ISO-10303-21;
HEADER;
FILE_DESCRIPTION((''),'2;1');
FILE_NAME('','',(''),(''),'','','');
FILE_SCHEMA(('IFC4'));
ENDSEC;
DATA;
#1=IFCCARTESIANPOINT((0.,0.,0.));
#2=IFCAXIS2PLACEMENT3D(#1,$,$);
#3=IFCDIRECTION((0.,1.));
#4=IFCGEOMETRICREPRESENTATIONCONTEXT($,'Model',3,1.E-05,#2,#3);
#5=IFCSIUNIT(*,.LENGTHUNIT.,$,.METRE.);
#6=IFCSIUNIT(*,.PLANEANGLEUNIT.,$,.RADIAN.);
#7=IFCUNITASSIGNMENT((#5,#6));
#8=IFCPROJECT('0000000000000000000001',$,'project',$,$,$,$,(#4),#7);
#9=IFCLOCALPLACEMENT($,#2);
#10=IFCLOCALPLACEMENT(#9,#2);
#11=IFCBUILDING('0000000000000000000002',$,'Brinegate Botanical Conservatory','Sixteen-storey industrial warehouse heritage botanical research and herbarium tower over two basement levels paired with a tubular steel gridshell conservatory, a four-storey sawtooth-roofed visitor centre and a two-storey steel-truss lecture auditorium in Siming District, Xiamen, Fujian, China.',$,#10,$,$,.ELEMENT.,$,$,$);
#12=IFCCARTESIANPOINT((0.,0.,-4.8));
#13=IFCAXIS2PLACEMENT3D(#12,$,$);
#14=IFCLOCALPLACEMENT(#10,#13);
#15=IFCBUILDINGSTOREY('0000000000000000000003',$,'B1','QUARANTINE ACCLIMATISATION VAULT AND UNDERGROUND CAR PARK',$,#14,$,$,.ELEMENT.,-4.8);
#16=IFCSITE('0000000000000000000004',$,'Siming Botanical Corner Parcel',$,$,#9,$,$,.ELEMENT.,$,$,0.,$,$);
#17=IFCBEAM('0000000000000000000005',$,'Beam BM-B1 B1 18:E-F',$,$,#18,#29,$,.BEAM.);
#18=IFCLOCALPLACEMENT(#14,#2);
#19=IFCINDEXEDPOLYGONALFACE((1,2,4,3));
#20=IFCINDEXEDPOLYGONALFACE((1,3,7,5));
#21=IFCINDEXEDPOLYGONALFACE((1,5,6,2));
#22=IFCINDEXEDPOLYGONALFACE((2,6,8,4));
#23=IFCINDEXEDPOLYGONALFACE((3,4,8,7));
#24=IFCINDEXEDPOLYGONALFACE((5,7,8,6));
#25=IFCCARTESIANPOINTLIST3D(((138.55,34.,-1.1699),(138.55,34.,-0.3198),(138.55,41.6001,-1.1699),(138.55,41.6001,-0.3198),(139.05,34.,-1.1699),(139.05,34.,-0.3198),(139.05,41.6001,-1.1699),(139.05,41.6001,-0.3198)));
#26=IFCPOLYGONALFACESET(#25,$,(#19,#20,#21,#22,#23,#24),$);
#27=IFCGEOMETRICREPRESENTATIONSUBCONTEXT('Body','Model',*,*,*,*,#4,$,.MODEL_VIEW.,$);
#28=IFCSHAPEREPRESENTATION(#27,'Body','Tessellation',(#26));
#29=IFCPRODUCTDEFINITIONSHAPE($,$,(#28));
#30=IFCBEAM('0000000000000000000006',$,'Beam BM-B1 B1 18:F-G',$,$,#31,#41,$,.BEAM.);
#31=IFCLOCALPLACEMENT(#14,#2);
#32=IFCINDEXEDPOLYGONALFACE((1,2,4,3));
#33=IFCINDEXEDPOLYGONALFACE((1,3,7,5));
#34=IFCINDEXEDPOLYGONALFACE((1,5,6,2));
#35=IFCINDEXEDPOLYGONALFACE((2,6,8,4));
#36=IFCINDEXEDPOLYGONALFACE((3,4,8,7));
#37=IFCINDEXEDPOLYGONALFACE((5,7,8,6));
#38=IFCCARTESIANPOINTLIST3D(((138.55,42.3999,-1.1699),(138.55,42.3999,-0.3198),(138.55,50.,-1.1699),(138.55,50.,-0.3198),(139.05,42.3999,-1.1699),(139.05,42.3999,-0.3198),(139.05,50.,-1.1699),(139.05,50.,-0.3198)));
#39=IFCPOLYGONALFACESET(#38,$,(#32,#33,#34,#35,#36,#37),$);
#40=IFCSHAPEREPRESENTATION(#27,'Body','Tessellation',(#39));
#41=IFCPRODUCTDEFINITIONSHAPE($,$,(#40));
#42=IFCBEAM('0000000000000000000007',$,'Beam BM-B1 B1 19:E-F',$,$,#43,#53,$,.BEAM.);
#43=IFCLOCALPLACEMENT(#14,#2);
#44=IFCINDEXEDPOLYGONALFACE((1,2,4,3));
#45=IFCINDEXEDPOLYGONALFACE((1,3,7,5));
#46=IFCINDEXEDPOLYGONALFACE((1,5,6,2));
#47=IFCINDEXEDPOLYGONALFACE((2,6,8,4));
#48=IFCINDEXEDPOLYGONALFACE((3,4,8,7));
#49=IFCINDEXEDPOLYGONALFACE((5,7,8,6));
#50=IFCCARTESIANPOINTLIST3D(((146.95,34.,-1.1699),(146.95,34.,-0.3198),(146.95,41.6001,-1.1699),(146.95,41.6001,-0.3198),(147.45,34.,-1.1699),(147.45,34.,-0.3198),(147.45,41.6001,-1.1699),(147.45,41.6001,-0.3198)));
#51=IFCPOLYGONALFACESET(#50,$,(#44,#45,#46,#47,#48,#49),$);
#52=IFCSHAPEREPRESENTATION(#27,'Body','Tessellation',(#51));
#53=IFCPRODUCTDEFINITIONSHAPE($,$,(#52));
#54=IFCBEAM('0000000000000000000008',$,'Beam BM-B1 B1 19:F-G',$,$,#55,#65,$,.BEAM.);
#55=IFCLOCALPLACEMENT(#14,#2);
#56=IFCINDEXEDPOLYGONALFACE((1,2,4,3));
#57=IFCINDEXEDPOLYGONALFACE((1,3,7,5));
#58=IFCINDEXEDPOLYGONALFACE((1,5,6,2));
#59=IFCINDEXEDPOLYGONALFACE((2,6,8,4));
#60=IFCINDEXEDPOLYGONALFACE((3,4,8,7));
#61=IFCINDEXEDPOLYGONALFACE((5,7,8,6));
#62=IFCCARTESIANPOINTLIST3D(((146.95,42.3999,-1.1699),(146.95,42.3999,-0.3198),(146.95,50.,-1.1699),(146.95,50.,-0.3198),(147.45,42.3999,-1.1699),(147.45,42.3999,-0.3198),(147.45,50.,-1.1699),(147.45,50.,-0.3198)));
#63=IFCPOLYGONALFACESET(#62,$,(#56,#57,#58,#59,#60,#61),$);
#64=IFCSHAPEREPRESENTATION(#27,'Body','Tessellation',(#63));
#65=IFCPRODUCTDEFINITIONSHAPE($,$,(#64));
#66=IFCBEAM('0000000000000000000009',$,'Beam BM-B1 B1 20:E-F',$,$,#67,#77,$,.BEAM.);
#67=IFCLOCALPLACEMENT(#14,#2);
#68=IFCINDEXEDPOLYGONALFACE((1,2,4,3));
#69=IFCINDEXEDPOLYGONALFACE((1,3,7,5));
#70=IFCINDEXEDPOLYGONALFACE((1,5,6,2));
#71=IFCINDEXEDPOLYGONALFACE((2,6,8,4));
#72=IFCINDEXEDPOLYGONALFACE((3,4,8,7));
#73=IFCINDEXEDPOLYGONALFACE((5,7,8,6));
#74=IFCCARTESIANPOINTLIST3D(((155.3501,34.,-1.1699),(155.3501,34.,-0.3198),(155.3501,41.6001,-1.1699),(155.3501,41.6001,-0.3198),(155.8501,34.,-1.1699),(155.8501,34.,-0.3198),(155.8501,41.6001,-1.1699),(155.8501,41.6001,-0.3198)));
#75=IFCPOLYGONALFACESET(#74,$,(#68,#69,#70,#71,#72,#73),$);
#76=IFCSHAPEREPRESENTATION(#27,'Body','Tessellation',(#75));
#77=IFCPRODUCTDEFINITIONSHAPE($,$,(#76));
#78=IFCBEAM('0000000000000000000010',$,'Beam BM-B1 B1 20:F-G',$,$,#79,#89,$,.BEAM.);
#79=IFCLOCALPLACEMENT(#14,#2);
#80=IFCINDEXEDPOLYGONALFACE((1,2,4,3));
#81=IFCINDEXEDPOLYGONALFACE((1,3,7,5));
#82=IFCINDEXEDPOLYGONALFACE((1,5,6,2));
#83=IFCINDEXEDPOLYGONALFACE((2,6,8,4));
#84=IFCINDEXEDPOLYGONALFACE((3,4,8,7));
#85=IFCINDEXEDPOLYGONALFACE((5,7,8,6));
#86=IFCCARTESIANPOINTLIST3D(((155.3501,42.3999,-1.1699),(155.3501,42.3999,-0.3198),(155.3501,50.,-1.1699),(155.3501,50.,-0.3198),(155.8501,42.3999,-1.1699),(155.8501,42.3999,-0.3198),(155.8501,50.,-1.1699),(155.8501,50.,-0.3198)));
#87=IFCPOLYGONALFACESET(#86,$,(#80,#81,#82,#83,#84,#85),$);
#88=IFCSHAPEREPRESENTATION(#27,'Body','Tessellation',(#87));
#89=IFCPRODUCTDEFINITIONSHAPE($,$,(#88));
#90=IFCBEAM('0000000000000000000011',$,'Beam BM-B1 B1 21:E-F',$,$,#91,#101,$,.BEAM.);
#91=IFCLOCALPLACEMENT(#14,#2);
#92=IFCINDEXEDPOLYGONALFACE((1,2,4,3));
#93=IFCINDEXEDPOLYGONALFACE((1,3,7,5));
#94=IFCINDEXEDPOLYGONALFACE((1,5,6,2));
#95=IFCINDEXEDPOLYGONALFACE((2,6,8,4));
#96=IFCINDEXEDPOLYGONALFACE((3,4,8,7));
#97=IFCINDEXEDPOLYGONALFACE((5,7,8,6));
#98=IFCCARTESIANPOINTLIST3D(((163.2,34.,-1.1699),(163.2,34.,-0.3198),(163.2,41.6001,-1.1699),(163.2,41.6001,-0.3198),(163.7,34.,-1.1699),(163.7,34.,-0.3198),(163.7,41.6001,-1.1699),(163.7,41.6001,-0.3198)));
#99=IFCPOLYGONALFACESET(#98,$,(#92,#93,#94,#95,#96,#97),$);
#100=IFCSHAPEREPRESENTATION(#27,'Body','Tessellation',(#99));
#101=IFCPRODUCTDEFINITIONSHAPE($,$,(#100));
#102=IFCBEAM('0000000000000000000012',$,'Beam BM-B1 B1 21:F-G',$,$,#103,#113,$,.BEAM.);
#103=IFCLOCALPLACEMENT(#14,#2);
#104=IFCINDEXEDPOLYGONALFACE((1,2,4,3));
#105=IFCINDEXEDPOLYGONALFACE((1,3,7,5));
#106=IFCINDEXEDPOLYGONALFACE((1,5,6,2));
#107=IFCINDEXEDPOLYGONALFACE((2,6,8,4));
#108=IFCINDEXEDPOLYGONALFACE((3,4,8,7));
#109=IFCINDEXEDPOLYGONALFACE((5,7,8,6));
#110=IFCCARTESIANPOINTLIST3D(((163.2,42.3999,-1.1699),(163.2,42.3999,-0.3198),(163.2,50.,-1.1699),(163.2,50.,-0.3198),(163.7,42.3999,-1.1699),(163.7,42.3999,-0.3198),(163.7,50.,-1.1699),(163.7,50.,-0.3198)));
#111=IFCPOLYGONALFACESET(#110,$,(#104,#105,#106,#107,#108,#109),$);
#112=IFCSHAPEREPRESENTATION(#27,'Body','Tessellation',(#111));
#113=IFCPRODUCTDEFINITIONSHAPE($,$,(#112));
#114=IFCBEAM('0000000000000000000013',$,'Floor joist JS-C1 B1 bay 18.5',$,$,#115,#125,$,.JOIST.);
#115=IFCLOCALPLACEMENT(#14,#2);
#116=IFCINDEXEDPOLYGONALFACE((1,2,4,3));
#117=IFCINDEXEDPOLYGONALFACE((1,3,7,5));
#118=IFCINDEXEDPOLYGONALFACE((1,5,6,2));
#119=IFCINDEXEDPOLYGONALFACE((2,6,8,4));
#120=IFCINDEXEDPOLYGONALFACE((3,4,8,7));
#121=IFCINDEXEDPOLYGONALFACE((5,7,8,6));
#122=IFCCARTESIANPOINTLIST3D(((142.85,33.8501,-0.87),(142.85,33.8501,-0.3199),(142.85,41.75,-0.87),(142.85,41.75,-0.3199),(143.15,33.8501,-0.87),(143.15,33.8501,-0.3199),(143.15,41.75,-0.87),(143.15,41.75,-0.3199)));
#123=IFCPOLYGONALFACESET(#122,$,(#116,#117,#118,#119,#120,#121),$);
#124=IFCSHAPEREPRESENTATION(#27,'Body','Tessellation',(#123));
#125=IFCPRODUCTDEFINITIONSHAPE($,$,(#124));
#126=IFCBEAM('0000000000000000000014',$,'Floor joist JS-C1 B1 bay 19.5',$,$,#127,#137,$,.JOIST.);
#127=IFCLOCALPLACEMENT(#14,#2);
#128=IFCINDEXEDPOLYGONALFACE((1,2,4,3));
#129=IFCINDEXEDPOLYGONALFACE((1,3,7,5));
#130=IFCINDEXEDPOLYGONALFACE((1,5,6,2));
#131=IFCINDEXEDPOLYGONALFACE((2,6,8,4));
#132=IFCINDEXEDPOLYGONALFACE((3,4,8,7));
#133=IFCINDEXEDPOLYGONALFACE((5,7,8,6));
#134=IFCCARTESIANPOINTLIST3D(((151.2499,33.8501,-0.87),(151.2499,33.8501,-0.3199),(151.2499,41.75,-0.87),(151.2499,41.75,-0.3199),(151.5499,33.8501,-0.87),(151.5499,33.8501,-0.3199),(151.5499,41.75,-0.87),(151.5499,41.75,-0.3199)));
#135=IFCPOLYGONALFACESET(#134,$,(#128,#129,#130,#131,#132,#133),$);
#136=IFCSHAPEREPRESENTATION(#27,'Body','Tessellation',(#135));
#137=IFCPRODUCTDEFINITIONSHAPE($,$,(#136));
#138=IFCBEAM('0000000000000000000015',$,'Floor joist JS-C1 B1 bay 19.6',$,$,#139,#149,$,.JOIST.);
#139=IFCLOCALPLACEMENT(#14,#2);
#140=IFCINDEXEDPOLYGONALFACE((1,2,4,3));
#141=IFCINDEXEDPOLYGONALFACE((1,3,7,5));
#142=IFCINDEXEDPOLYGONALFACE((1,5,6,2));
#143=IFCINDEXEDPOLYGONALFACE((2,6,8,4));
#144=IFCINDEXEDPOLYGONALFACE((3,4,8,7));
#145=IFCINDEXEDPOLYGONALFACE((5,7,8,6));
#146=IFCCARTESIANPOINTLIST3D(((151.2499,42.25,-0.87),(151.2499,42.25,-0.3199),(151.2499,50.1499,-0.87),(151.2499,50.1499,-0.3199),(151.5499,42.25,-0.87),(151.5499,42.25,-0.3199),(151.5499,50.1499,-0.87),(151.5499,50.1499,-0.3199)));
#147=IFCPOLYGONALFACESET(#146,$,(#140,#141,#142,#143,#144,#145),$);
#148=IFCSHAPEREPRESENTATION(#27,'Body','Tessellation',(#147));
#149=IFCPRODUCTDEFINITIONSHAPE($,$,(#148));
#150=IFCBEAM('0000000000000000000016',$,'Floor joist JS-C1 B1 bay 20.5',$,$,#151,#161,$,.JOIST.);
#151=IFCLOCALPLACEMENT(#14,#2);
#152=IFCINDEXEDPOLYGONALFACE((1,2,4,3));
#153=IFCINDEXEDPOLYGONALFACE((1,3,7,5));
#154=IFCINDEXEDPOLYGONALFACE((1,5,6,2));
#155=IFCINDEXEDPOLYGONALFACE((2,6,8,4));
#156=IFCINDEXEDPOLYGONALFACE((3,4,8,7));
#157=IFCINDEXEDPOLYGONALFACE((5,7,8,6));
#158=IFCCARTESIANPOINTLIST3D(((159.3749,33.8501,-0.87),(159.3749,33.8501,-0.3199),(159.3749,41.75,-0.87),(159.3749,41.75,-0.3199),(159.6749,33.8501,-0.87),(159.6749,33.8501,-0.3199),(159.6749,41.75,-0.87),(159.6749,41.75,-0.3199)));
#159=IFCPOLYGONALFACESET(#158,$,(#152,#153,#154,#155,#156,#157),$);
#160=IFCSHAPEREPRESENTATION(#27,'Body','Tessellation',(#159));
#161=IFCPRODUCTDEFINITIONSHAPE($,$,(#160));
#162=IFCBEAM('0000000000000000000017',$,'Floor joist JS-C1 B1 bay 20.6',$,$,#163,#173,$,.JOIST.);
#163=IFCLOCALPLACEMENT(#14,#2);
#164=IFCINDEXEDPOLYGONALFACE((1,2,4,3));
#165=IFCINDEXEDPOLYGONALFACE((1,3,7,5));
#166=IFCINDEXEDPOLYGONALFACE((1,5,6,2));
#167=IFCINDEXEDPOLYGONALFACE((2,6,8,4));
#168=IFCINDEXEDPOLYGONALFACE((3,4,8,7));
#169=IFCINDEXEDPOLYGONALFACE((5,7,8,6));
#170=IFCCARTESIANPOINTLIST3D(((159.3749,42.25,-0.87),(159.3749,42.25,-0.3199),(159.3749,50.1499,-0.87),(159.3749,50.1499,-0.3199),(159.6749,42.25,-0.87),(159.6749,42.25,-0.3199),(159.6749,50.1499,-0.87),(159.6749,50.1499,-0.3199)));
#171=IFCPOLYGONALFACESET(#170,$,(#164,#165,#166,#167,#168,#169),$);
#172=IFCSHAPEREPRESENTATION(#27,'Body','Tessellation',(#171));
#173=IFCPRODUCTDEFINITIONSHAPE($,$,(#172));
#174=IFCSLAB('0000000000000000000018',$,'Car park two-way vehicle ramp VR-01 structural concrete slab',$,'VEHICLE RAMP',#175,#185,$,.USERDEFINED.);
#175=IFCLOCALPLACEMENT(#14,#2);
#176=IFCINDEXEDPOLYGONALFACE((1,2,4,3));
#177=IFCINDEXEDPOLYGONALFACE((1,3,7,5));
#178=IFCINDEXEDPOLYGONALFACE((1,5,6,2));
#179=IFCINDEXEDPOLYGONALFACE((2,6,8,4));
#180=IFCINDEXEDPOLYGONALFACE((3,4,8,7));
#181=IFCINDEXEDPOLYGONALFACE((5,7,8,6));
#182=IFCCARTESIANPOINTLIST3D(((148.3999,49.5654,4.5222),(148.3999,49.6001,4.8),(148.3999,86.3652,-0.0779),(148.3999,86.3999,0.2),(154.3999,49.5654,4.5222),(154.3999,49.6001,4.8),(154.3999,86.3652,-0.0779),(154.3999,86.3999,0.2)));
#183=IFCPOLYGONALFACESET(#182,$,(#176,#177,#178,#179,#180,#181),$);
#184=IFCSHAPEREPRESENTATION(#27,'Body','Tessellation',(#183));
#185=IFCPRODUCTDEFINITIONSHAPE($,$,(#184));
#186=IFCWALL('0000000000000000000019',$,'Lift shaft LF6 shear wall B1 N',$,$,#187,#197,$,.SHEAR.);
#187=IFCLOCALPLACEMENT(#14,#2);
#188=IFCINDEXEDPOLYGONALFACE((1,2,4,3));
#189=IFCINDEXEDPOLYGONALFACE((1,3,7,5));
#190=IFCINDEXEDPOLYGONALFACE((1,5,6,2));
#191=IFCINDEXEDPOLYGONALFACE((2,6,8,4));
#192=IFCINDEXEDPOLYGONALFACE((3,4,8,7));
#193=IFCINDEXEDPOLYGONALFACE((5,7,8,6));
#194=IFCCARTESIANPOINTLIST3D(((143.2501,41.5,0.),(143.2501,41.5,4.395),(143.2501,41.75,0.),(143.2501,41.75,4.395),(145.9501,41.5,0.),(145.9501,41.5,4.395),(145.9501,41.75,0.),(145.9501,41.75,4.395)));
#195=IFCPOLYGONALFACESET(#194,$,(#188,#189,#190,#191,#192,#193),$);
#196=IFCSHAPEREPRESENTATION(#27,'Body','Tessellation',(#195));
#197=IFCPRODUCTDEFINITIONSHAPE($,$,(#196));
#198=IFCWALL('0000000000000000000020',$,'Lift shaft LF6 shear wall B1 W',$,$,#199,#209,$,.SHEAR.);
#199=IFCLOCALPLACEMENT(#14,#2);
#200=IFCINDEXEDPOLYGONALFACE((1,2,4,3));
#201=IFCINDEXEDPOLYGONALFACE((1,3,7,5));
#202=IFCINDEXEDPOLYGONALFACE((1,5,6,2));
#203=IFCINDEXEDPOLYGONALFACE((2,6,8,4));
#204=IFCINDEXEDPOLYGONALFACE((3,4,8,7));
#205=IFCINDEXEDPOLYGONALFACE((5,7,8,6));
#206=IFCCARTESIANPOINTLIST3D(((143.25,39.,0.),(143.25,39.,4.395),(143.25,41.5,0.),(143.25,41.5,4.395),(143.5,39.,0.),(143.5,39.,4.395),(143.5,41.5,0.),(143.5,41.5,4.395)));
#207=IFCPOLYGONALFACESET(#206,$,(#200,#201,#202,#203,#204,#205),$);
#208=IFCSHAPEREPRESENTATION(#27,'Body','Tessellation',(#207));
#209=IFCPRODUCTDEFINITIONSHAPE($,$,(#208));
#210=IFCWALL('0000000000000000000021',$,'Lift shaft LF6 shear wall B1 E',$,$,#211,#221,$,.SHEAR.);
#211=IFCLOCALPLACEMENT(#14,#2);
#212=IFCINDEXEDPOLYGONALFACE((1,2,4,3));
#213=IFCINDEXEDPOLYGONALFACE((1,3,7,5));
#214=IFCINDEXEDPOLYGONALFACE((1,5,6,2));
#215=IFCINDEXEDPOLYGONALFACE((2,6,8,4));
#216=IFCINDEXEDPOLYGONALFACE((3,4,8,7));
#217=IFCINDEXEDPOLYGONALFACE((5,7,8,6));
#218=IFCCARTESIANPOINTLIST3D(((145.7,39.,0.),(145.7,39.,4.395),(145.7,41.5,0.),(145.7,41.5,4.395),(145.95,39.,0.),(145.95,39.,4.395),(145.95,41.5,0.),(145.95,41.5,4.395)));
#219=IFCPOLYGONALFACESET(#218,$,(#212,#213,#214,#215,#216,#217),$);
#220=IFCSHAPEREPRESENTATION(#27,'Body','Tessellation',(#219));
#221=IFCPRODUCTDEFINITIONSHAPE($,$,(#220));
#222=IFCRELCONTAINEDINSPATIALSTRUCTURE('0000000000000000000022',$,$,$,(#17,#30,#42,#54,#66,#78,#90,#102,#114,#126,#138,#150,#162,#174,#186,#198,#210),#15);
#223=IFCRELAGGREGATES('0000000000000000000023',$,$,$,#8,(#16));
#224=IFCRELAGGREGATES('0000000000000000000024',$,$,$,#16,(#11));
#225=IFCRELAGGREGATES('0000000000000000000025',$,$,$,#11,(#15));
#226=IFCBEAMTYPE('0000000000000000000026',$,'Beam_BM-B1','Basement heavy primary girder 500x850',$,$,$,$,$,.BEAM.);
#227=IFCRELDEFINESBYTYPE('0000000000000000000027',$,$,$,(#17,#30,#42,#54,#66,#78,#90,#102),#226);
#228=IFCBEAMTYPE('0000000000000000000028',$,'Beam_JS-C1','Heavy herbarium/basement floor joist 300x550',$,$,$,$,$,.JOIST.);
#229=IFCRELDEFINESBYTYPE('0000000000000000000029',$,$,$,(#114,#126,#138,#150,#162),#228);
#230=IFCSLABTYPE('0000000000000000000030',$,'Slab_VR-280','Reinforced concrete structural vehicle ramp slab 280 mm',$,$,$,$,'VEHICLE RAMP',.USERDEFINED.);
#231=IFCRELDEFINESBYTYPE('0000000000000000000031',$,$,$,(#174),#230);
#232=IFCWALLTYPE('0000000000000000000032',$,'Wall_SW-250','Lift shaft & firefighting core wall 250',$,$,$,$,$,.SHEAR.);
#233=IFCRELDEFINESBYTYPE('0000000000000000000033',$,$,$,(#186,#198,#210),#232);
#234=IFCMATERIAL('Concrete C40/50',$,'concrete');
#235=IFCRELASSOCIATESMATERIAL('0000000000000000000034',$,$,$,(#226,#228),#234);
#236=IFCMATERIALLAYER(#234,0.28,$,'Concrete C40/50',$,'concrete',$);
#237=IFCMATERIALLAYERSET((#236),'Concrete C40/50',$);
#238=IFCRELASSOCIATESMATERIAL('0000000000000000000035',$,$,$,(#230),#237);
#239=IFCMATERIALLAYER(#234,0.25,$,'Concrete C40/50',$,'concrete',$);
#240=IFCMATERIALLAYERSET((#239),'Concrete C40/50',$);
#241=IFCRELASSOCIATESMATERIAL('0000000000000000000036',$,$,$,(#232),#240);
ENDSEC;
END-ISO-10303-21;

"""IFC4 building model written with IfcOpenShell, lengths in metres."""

from ifc_helpers import new_model, si_unit, direction, frame, frame_2d, origin, origin_2d, place, context, subcontext, project, spatial, polyline, rectangle, outline, extrude, material, layer, layer_set, material_profile, profile_set, type_object, element, save


model = new_model("IFC4")

# Units and contexts
model_context = context("Model", 3, precision=1e-05, world=origin(), true_north=direction((0.0, 1.0)))
body_context = subcontext(model_context, "Body", "Model", "MODEL_VIEW")
ifc_project = project(units=[si_unit("LENGTHUNIT", "METRE"), si_unit("PLANEANGLEUNIT", "RADIAN")], contexts=[model_context])

# Site, building, storey
site_placement = place(None, origin())
site = spatial("IfcSite", under=ifc_project, at=site_placement, Name="Siming Botanical Corner Parcel", CompositionType="ELEMENT", RefElevation=0.0)
building_placement = place(site_placement, origin())
building = spatial("IfcBuilding", under=site, at=building_placement, Name="Brinegate Botanical Conservatory", Description="Sixteen-storey industrial warehouse heritage botanical research and herbarium tower over two basement levels paired with a tubular steel gridshell conservatory, a four-storey sawtooth-roofed visitor centre and a two-storey steel-truss lecture auditorium in Siming District, Xiamen, Fujian, China.", CompositionType="ELEMENT")
storey_placement = place(building_placement, frame((0.0, 0.0, -4.8)))
storey = spatial("IfcBuildingStorey", under=building, at=storey_placement, Name="B1", Description="QUARANTINE ACCLIMATISATION VAULT AND UNDERGROUND CAR PARK", CompositionType="ELEMENT", Elevation=-4.8)

# Shared definitions
ifc_material_1 = material(Name="Concrete C40/50", Category="concrete")

# Beams
ifc_material_profile_1 = material_profile(ifc_material_1, rectangle(XDim=0.5, YDim=0.8501, at=origin_2d()), Name="RC BM 500x850")
ifc_profile_set_1 = profile_set([ifc_material_profile_1], Name="Concrete C40/50")
beam_type_1 = type_object("IfcBeamType", Name="Beam_BM-B1", Description="Basement heavy primary girder 500x850", PredefinedType="BEAM", material=ifc_profile_set_1)
for number, where, z_axis, x_axis, name in (
    (1, (138.8, 34.0, -0.7449), (0.0, 1.0, 0.0), (-1.0, 0.0, 0.0), "Beam BM-B1 B1 18:E-F"),
    (2, (138.8, 42.3999, -0.7449), (0.0, 1.0, 0.0), (-1.0, 0.0, 0.0), "Beam BM-B1 B1 18:F-G"),
    (3, (147.2, 34.0, -0.7449), (0.0, 1.0, 0.0), (-1.0, 0.0, 0.0), "Beam BM-B1 B1 19:E-F"),
    (4, (147.2, 42.3999, -0.7449), (0.0, 1.0, 0.0), (-1.0, 0.0, 0.0), "Beam BM-B1 B1 19:F-G"),
    (5, (155.6001, 34.0, -0.7449), (0.0, 1.0, 0.0), (-1.0, 0.0, 0.0), "Beam BM-B1 B1 20:E-F"),
    (6, (155.6001, 42.3999, -0.7449), (0.0, 1.0, 0.0), (-1.0, 0.0, 0.0), "Beam BM-B1 B1 20:F-G"),
    (7, (163.45, 34.0, -0.7449), (0.0, 1.0, 0.0), (-1.0, 0.0, 0.0), "Beam BM-B1 B1 21:E-F"),
    (8, (163.45, 42.3999, -0.7449), (0.0, 1.0, 0.0), (-1.0, 0.0, 0.0), "Beam BM-B1 B1 21:F-G"),
):
    element("IfcBeam", number, at=place(storey_placement, frame(where, z_axis=z_axis, x_axis=x_axis)), inside=storey, type_object=beam_type_1, Name=name, PredefinedType="BEAM", context=body_context, shape_type="SweptSolid", body=[
        extrude(rectangle(XDim=0.5, YDim=0.8501, at=origin_2d()), origin(), (0.0, 0.0, 1.0), 7.6001),
    ])
ifc_material_profile_2 = material_profile(ifc_material_1, rectangle(XDim=0.3, YDim=0.55, at=origin_2d()), Name="RC JST 300x550")
ifc_profile_set_2 = profile_set([ifc_material_profile_2], Name="Concrete C40/50")
beam_type_2 = type_object("IfcBeamType", Name="Beam_JS-C1", Description="Heavy herbarium/basement floor joist 300x550", PredefinedType="JOIST", material=ifc_profile_set_2)
for number, where, z_axis, x_axis, name in (
    (9, (143.0, 33.8501, -0.595), (0.0, 1.0, 0.0), (-1.0, 0.0, 0.0), "Floor joist JS-C1 B1 bay 18.5"),
    (10, (151.3999, 33.8501, -0.595), (0.0, 1.0, 0.0), (-1.0, 0.0, 0.0), "Floor joist JS-C1 B1 bay 19.5"),
    (11, (151.3999, 42.25, -0.595), (0.0, 1.0, 0.0), (-1.0, 0.0, 0.0), "Floor joist JS-C1 B1 bay 19.6"),
    (12, (159.5249, 33.8501, -0.595), (0.0, 1.0, 0.0), (-1.0, 0.0, 0.0), "Floor joist JS-C1 B1 bay 20.5"),
    (13, (159.5249, 42.25, -0.595), (0.0, 1.0, 0.0), (-1.0, 0.0, 0.0), "Floor joist JS-C1 B1 bay 20.6"),
):
    element("IfcBeam", number, at=place(storey_placement, frame(where, z_axis=z_axis, x_axis=x_axis)), inside=storey, type_object=beam_type_2, Name=name, PredefinedType="JOIST", context=body_context, shape_type="SweptSolid", body=[
        extrude(rectangle(XDim=0.3, YDim=0.55, at=origin_2d()), origin(), (0.0, 0.0, 1.0), 7.8999),
    ])

# Slab
ifc_layer_1 = layer(ifc_material_1, 0.28, Name="Concrete C40/50", Category="concrete")
ifc_layer_set_1 = layer_set([ifc_layer_1], Name="Concrete C40/50")
slab_type = type_object("IfcSlabType", Name="Slab_VR-280", Description="Reinforced concrete structural vehicle ramp slab 280 mm", ElementType="VEHICLE RAMP", PredefinedType="USERDEFINED", material=ifc_layer_set_1)
slab_placement = place(storey_placement, frame((148.3999, 49.6001, 4.8), z_axis=(0.0, 0.124038, 0.992277), x_axis=(1.0, 0.0, 0.0)))
element("IfcSlab", 14, at=slab_placement, inside=storey, type_object=slab_type, Name="Car park two-way vehicle ramp VR-01 structural concrete slab", ObjectType="VEHICLE RAMP", PredefinedType="USERDEFINED", context=body_context, shape_type="SweptSolid", body=[
    extrude(outline(polyline([(0.0, 0.0), (6.0, 0.0), (6.0, 37.0862), (0.0, 37.0862), (0.0, 0.0)])), origin(), (0.0, 0.0, -1.0), 0.28),
])

# Shared definitions
ifc_layer_2 = layer(ifc_material_1, 0.25, Name="Concrete C40/50", Category="concrete")
ifc_layer_set_2 = layer_set([ifc_layer_2], Name="Concrete C40/50")
wall_type = type_object("IfcWallType", Name="Wall_SW-250", Description="Lift shaft & firefighting core wall 250", PredefinedType="SHEAR", material=ifc_layer_set_2)

# Walls
wall_1_placement = place(storey_placement, frame((143.25, 41.625, 0.0), z_axis=(0.0, 0.0, 1.0), x_axis=(1.0, 0.0, 0.0)))
element("IfcWall", 15, at=wall_1_placement, inside=storey, type_object=wall_type, Name="Lift shaft LF6 shear wall B1 N", PredefinedType="SHEAR", context=body_context, shape_type="SweptSolid", body=[
    extrude(rectangle(XDim=2.7, YDim=0.25, at=frame_2d((1.3501, 0.0))), origin(), (0.0, 0.0, 1.0), 4.395),
])
for number, where, z_axis, x_axis, name in (
    (16, (143.375, 39.0, 0.0), (0.0, 0.0, 1.0), (0.0, 1.0, 0.0), "Lift shaft LF6 shear wall B1 W"),
    (17, (145.825, 39.0, 0.0), (0.0, 0.0, 1.0), (0.0, 1.0, 0.0), "Lift shaft LF6 shear wall B1 E"),
):
    element("IfcWall", number, at=place(storey_placement, frame(where, z_axis=z_axis, x_axis=x_axis)), inside=storey, type_object=wall_type, Name=name, PredefinedType="SHEAR", context=body_context, shape_type="SweptSolid", body=[
        extrude(rectangle(XDim=2.5, YDim=0.25, at=frame_2d((1.25, 0.0))), origin(), (0.0, 0.0, 1.0), 4.395),
    ])

save(model, "model.ifc")
